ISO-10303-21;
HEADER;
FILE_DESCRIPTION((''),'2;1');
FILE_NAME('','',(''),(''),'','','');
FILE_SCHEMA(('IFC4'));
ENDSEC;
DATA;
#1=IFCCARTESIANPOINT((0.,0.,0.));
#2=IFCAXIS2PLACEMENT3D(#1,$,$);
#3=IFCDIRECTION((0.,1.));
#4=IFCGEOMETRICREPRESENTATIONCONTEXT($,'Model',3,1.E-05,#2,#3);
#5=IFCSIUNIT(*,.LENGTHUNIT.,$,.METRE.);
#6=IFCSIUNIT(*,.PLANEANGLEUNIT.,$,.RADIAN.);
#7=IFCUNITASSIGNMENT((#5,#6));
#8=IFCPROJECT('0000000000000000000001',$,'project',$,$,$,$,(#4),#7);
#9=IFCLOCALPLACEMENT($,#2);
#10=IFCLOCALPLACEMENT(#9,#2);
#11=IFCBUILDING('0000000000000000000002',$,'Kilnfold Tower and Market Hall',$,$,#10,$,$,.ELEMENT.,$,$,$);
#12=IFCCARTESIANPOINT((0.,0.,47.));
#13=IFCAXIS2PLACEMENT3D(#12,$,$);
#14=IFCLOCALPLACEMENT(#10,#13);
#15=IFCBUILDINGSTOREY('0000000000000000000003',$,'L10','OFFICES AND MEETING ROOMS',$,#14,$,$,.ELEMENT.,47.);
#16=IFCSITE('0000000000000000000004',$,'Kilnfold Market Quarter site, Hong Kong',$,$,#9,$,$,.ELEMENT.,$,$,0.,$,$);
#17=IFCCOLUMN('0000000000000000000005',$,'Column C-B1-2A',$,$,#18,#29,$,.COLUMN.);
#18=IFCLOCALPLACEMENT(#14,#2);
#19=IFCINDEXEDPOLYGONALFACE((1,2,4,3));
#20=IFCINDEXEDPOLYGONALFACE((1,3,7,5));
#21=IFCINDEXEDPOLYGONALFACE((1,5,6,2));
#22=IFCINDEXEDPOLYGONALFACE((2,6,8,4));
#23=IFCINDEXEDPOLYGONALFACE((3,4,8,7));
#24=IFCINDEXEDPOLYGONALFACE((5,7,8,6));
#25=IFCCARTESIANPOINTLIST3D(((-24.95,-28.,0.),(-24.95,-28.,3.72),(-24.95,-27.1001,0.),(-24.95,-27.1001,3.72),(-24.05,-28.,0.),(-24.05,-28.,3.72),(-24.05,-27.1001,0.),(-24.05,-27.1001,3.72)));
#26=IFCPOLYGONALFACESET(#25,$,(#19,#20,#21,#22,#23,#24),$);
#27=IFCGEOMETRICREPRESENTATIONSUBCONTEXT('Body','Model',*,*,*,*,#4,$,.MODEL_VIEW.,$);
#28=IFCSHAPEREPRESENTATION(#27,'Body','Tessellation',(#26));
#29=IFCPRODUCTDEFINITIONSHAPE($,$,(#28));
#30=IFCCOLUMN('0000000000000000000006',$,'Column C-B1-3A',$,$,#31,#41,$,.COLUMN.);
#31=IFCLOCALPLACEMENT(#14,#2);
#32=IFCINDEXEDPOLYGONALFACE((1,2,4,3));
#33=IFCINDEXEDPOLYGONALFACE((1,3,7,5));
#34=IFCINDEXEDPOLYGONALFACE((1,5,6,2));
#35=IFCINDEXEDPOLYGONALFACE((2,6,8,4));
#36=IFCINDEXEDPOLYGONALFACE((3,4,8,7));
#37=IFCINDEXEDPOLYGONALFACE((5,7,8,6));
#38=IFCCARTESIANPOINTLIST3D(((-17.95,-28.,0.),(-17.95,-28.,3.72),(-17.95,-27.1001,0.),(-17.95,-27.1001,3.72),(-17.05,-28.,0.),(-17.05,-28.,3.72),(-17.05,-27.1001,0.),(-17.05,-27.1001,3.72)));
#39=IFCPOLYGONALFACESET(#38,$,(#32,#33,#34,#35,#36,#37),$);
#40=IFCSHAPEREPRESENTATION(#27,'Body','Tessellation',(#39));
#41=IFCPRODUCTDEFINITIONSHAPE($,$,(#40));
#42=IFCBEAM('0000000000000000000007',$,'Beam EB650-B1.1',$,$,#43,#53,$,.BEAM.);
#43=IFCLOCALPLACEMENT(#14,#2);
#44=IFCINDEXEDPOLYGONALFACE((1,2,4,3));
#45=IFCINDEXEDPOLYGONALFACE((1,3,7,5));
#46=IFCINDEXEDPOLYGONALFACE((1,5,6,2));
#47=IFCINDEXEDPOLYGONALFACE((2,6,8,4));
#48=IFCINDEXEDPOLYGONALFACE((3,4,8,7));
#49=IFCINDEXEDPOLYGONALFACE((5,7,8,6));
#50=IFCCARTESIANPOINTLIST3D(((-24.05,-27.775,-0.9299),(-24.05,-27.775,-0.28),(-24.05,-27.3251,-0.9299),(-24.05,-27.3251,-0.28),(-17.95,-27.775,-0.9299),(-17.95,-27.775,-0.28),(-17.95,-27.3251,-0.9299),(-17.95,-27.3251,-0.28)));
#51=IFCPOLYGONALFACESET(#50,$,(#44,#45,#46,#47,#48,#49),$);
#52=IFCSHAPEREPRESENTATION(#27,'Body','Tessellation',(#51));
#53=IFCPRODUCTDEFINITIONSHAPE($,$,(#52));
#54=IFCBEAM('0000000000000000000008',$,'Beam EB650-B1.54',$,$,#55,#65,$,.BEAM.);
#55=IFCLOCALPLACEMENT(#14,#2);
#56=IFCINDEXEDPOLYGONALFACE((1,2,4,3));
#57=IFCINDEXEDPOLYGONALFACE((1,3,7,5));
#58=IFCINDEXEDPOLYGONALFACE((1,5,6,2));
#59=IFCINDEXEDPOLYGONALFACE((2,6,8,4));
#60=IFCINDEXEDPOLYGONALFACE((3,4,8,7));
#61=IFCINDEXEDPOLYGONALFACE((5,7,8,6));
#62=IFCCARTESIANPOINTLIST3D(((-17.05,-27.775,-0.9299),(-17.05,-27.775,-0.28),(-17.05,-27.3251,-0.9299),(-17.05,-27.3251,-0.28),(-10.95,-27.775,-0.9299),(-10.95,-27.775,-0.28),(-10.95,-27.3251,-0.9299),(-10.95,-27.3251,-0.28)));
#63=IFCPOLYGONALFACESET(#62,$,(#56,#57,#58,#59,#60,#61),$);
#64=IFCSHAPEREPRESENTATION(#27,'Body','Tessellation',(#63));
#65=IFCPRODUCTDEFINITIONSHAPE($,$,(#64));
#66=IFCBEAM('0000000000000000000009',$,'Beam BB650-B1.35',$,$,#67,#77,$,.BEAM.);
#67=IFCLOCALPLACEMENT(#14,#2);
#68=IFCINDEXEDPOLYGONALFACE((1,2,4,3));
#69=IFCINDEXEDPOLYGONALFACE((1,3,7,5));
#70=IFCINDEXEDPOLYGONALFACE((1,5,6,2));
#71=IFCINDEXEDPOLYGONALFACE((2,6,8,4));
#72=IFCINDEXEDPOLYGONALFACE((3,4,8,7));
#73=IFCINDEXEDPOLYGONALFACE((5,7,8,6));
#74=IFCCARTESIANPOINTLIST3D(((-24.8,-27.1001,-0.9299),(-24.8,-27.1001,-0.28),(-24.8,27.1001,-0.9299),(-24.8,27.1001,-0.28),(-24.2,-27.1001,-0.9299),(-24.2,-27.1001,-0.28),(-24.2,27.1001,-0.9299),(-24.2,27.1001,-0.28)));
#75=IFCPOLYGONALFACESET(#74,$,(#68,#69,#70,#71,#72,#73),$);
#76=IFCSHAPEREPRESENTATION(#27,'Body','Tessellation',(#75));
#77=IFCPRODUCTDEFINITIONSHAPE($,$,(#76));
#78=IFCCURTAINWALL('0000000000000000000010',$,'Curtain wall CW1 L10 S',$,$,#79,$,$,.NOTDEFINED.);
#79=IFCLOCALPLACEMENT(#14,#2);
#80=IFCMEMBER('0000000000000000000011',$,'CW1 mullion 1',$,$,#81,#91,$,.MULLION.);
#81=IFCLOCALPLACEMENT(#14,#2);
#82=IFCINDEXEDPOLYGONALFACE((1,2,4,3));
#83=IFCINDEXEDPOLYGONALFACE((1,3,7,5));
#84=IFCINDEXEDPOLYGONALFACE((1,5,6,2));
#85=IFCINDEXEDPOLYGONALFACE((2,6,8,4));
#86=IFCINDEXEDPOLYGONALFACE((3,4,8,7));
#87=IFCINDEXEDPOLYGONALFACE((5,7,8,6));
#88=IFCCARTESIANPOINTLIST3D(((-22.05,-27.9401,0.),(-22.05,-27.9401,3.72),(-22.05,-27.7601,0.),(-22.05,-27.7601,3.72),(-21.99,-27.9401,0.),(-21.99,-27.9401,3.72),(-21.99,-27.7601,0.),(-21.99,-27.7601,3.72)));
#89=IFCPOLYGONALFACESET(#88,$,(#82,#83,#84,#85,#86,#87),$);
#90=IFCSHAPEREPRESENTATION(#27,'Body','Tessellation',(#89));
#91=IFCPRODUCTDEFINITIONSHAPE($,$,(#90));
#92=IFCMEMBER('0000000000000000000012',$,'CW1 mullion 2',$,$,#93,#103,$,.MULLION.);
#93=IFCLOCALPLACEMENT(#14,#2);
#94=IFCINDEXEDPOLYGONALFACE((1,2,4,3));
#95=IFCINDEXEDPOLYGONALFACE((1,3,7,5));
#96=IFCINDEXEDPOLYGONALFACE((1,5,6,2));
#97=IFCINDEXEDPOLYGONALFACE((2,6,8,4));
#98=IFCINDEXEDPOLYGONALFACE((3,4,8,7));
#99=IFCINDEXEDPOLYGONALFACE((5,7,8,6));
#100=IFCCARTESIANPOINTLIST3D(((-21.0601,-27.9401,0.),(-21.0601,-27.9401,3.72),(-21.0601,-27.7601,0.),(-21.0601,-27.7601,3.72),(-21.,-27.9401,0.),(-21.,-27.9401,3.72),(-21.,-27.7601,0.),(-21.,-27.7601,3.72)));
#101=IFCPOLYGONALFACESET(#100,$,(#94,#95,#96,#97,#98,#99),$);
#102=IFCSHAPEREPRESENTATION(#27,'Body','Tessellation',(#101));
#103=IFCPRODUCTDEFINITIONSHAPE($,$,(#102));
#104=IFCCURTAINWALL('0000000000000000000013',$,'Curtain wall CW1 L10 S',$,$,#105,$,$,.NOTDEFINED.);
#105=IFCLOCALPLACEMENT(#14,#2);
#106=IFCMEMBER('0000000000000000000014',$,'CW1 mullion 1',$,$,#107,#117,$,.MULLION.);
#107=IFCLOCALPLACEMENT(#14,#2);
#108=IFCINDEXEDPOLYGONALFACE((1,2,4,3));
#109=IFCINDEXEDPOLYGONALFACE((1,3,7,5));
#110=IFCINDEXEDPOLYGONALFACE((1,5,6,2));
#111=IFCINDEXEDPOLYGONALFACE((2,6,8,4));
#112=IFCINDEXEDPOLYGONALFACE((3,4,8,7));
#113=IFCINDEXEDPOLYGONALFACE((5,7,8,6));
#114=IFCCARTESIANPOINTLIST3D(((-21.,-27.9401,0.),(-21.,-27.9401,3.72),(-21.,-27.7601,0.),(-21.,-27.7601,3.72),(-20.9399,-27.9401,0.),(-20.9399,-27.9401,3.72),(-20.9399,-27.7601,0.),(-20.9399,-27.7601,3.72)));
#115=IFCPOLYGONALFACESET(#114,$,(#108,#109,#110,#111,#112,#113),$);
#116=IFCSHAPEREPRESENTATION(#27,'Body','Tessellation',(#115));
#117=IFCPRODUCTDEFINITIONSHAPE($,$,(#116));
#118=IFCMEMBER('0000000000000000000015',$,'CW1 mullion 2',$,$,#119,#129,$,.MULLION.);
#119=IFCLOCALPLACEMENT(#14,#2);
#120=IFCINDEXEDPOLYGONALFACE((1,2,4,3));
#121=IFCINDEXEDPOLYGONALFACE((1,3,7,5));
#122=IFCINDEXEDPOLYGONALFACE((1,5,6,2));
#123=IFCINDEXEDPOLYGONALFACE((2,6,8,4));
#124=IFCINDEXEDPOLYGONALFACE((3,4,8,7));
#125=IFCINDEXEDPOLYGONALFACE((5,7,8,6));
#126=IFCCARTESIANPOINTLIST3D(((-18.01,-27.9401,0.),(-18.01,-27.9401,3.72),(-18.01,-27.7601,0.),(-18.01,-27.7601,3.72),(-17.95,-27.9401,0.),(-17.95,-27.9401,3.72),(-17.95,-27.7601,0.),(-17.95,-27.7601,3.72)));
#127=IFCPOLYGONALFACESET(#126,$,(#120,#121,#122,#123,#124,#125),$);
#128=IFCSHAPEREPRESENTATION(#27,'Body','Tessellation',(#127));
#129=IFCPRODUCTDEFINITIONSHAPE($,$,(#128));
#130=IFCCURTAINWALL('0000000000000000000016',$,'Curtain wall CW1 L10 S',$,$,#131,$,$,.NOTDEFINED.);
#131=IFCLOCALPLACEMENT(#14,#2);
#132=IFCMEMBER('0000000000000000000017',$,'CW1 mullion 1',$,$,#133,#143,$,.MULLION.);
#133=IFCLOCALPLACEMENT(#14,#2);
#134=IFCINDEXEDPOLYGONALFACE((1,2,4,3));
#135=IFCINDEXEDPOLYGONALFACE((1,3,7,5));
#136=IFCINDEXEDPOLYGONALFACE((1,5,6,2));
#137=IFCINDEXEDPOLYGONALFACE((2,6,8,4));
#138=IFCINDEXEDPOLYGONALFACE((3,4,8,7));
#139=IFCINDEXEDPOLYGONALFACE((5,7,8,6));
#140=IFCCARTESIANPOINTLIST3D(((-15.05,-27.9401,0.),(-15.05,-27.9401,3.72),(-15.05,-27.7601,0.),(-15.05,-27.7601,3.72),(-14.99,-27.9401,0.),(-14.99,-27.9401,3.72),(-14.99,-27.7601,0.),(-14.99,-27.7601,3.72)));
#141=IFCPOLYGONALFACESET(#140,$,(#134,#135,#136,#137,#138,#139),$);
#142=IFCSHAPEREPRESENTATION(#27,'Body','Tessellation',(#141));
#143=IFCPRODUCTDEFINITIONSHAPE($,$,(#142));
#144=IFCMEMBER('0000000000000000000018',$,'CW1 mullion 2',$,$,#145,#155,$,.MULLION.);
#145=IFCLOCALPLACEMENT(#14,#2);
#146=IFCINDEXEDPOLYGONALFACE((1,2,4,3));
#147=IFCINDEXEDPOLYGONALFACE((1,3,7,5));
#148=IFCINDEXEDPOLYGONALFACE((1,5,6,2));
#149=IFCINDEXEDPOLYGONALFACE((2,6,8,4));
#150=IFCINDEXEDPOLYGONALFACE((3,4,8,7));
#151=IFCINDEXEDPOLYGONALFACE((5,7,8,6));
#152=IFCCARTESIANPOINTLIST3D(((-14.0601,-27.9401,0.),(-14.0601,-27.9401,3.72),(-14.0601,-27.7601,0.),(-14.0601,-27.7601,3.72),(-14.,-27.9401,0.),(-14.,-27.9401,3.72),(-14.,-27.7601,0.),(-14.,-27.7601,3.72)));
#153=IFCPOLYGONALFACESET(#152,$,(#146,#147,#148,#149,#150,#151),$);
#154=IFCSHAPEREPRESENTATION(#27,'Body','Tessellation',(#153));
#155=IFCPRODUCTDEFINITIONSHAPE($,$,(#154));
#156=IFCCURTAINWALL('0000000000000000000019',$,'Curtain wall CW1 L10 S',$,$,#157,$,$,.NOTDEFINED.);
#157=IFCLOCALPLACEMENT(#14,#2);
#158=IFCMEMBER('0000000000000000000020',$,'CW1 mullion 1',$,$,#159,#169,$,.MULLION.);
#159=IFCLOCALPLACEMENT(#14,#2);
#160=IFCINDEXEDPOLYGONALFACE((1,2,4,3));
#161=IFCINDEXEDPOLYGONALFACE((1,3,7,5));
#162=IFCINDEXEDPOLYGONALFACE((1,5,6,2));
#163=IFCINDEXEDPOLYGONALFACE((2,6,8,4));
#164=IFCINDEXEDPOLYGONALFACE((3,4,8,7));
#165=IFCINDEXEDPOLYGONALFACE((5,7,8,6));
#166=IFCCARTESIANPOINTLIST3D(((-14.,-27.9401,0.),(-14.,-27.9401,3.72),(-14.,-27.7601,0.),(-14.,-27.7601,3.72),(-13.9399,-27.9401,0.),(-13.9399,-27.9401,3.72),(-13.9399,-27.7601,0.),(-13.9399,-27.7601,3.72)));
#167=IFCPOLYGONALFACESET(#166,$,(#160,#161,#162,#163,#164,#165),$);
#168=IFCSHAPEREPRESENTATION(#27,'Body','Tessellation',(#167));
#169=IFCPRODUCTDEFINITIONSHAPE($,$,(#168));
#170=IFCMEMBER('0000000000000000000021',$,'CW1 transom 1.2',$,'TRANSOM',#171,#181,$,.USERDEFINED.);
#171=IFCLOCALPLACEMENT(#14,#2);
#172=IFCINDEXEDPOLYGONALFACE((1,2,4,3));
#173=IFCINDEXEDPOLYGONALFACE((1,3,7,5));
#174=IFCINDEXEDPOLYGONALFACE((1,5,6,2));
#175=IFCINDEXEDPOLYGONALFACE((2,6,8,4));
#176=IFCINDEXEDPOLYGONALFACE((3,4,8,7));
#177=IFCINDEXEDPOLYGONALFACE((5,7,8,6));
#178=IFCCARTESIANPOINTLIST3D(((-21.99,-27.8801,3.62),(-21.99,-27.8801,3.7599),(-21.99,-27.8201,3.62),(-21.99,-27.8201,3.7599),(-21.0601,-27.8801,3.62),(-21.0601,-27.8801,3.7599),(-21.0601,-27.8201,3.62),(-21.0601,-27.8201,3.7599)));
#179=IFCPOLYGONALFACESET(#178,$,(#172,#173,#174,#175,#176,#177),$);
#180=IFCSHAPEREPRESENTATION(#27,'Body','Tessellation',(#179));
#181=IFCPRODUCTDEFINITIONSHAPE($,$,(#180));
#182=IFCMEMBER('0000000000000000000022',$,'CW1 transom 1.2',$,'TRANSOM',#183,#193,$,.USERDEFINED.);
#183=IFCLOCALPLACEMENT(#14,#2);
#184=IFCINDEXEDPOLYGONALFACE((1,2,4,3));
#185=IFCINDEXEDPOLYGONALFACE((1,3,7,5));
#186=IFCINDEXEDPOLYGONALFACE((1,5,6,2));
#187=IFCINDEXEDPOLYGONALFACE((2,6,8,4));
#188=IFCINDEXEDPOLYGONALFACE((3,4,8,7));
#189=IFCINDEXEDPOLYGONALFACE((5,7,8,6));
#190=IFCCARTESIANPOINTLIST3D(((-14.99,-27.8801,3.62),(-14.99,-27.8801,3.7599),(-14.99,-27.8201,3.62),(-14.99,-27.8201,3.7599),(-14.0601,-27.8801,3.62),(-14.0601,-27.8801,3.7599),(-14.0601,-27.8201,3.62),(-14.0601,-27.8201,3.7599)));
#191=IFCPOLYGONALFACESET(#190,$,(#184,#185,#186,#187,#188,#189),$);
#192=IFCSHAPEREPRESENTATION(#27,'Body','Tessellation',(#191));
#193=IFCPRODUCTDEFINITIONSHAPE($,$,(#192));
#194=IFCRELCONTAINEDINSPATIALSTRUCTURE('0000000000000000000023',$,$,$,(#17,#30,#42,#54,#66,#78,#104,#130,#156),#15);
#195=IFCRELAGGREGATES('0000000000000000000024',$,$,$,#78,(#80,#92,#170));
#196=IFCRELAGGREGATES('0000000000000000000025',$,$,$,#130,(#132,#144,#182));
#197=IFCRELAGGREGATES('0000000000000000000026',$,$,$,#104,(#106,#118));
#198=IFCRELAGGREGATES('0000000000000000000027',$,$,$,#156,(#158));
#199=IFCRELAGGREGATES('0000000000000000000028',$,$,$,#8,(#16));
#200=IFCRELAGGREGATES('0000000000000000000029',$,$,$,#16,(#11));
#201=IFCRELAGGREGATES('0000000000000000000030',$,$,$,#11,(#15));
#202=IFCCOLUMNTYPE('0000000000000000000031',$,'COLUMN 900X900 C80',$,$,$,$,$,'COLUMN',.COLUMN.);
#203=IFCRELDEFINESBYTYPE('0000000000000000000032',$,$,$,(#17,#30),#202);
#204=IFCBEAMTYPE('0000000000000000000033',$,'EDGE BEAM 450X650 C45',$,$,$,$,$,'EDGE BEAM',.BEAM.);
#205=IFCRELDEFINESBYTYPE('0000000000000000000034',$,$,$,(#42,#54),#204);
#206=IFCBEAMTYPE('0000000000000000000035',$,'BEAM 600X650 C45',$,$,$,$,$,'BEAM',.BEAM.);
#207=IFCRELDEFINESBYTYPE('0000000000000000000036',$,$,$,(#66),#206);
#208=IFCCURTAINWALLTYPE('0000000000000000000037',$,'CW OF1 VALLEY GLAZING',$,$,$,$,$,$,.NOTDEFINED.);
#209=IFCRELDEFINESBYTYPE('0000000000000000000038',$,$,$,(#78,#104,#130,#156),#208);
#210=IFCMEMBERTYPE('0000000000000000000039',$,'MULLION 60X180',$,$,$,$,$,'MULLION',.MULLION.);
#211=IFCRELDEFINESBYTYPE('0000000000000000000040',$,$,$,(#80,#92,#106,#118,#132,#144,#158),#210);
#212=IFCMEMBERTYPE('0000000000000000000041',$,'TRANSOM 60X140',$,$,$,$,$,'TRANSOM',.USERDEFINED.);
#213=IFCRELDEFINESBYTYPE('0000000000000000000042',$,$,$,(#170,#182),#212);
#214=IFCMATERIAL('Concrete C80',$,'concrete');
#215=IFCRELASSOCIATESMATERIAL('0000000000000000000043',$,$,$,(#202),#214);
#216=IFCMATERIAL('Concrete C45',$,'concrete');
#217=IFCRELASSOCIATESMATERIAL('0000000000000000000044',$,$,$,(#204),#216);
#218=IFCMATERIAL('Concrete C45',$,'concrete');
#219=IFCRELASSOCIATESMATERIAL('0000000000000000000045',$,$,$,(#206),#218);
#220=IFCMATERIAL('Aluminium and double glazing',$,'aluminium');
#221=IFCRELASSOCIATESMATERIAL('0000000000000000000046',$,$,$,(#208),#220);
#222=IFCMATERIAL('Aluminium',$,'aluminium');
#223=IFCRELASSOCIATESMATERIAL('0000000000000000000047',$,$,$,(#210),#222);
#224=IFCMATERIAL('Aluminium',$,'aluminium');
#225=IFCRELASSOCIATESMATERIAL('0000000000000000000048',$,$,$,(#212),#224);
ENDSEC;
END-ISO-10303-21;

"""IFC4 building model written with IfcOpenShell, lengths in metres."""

from ifc_helpers import new_model, si_unit, direction, frame, origin, origin_2d, place, context, subcontext, project, spatial, rectangle, extrude, source, transform, mapped, material, material_profile, profile_set, type_object, element, aggregate, save


model = new_model("IFC4")

# Units and contexts
model_context = context("Model", 3, precision=1e-05, world=origin(), true_north=direction((0.0, 1.0)))
body_context = subcontext(model_context, "Body", "Model", "MODEL_VIEW")
ifc_project = project(units=[si_unit("LENGTHUNIT", "METRE"), si_unit("PLANEANGLEUNIT", "RADIAN")], contexts=[model_context])

# Site, building, storey
site_placement = place(None, origin())
site = spatial("IfcSite", under=ifc_project, at=site_placement, Name="Kilnfold Market Quarter site, Hong Kong", CompositionType="ELEMENT", RefElevation=0.0)
building_placement = place(site_placement, origin())
building = spatial("IfcBuilding", under=site, at=building_placement, Name="Kilnfold Tower and Market Hall", CompositionType="ELEMENT")
storey_placement = place(building_placement, frame((0.0, 0.0, 47.0)))
storey = spatial("IfcBuildingStorey", under=building, at=storey_placement, Name="L10", Description="OFFICES AND MEETING ROOMS", CompositionType="ELEMENT", Elevation=47.0)

# Columns
ifc_material_1 = material(Name="Concrete C80", Category="concrete")
ifc_material_profile_1 = material_profile(ifc_material_1, rectangle(XDim=0.8999, YDim=0.8999, at=origin_2d()), Name="RC 900x900")
ifc_profile_set_1 = profile_set([ifc_material_profile_1], Name="Concrete C80")
column_type = type_object("IfcColumnType", Name="COLUMN 900X900 C80", ElementType="COLUMN", PredefinedType="COLUMN", material=ifc_profile_set_1)
shared_shape_1 = source(origin(), body_context, "Body", "SweptSolid", [
    extrude(rectangle(XDim=0.8999, YDim=0.8999, at=origin_2d()), origin(), (0.0, 0.0, 1.0), 3.72),
])
for number, where, z_axis, x_axis, name in (
    (1, (-24.5, -27.55, 0.0), (0.0, 0.0, 1.0), (1.0, 0.0, 0.0), "Column C-B1-2A"),
    (2, (-17.5, -27.55, 0.0), (0.0, 0.0, 1.0), (1.0, 0.0, 0.0), "Column C-B1-3A"),
):
    element("IfcColumn", number, at=place(storey_placement, frame(where, z_axis=z_axis, x_axis=x_axis)), inside=storey, type_object=column_type, Name=name, PredefinedType="COLUMN", context=body_context, shape_type="MappedRepresentation", body=[
        mapped(shared_shape_1, transform((0.0, 0.0, 0.0))),
    ])

# Beams
ifc_material_2 = material(Name="Concrete C45", Category="concrete")
ifc_material_profile_2 = material_profile(ifc_material_2, rectangle(XDim=0.45, YDim=0.6499, at=origin_2d()), Name="RC 450x650")
ifc_profile_set_2 = profile_set([ifc_material_profile_2], Name="Concrete C45")
beam_type_1 = type_object("IfcBeamType", Name="EDGE BEAM 450X650 C45", ElementType="EDGE BEAM", PredefinedType="BEAM", material=ifc_profile_set_2)
shared_shape_2 = source(origin(), body_context, "Body", "SweptSolid", [
    extrude(rectangle(XDim=0.45, YDim=0.6499, at=origin_2d()), origin(), (0.0, 0.0, 1.0), 6.1001),
])
for number, where, z_axis, x_axis, name in (
    (3, (-24.05, -27.55, -0.605), (1.0, 0.0, 0.0), (0.0, 1.0, 0.0), "Beam EB650-B1.1"),
    (4, (-17.05, -27.55, -0.605), (1.0, 0.0, 0.0), (0.0, 1.0, 0.0), "Beam EB650-B1.54"),
):
    element("IfcBeam", number, at=place(storey_placement, frame(where, z_axis=z_axis, x_axis=x_axis)), inside=storey, type_object=beam_type_1, Name=name, PredefinedType="BEAM", context=body_context, shape_type="MappedRepresentation", body=[
        mapped(shared_shape_2, transform((0.0, 0.0, 0.0))),
    ])
ifc_material_3 = material(Name="Concrete C45", Category="concrete")
ifc_material_profile_3 = material_profile(ifc_material_3, rectangle(XDim=0.6001, YDim=0.6499, at=origin_2d()), Name="RC 600x650")
ifc_profile_set_3 = profile_set([ifc_material_profile_3], Name="Concrete C45")
beam_type_2 = type_object("IfcBeamType", Name="BEAM 600X650 C45", ElementType="BEAM", PredefinedType="BEAM", material=ifc_profile_set_3)
shared_shape_3 = source(origin(), body_context, "Body", "SweptSolid", [
    extrude(rectangle(XDim=0.6001, YDim=0.6499, at=origin_2d()), origin(), (0.0, 0.0, 1.0), 54.2002),
])
beam_placement = place(storey_placement, frame((-24.5, -27.1001, -0.605), z_axis=(0.0, 1.0, 0.0), x_axis=(-1.0, 0.0, 0.0)))
element("IfcBeam", 5, at=beam_placement, inside=storey, type_object=beam_type_2, Name="Beam BB650-B1.35", PredefinedType="BEAM", context=body_context, shape_type="MappedRepresentation", body=[
    mapped(shared_shape_3, transform((0.0, 0.0, 0.0))),
])

# Curtain walls, members
ifc_material_4 = material(Name="Aluminium and double glazing", Category="aluminium")
curtain_wall_type = type_object("IfcCurtainWallType", Name="CW OF1 VALLEY GLAZING", PredefinedType="NOTDEFINED", material=ifc_material_4)
curtain_wall_1_placement = place(storey_placement, origin())
curtain_wall_1 = element("IfcCurtainWall", 6, at=curtain_wall_1_placement, inside=storey, type_object=curtain_wall_type, Name="Curtain wall CW1 L10 S", PredefinedType="NOTDEFINED")
ifc_material_5 = material(Name="Aluminium", Category="aluminium")
ifc_material_profile_4 = material_profile(ifc_material_5, rectangle(XDim=0.0601, YDim=0.1799, at=origin_2d()), Name="MULLION 60x180")
ifc_profile_set_4 = profile_set([ifc_material_profile_4], Name="Aluminium")
member_type_1 = type_object("IfcMemberType", Name="MULLION 60X180", ElementType="MULLION", PredefinedType="MULLION", material=ifc_profile_set_4)
shared_shape_4 = source(origin(), body_context, "Body", "SweptSolid", [
    extrude(rectangle(XDim=0.0601, YDim=0.1799, at=origin_2d()), origin(), (0.0, 0.0, 1.0), 3.72),
])
member_1_placement = place(storey_placement, frame((-22.02, -27.8501, 0.0), z_axis=(0.0, 0.0, 1.0), x_axis=(1.0, 0.0, 0.0)))
member_1 = element("IfcMember", 7, at=member_1_placement, type_object=member_type_1, Name="CW1 mullion 1", PredefinedType="MULLION", context=body_context, shape_type="MappedRepresentation", body=[
    mapped(shared_shape_4, transform((0.0, 0.0, 0.0))),
])
member_2_placement = place(storey_placement, frame((-21.03, -27.8501, 0.0), z_axis=(0.0, 0.0, 1.0), x_axis=(1.0, 0.0, 0.0)))
member_2 = element("IfcMember", 8, at=member_2_placement, type_object=member_type_1, Name="CW1 mullion 2", PredefinedType="MULLION", context=body_context, shape_type="MappedRepresentation", body=[
    mapped(shared_shape_4, transform((0.0, 0.0, 0.0))),
])
curtain_wall_2_placement = place(storey_placement, origin())
curtain_wall_2 = element("IfcCurtainWall", 9, at=curtain_wall_2_placement, inside=storey, type_object=curtain_wall_type, Name="Curtain wall CW1 L10 S", PredefinedType="NOTDEFINED")
member_3_placement = place(storey_placement, frame((-20.97, -27.8501, 0.0), z_axis=(0.0, 0.0, 1.0), x_axis=(1.0, 0.0, 0.0)))
member_3 = element("IfcMember", 10, at=member_3_placement, type_object=member_type_1, Name="CW1 mullion 1", PredefinedType="MULLION", context=body_context, shape_type="MappedRepresentation", body=[
    mapped(shared_shape_4, transform((0.0, 0.0, 0.0))),
])
member_4_placement = place(storey_placement, frame((-17.98, -27.8501, 0.0), z_axis=(0.0, 0.0, 1.0), x_axis=(1.0, 0.0, 0.0)))
member_4 = element("IfcMember", 11, at=member_4_placement, type_object=member_type_1, Name="CW1 mullion 2", PredefinedType="MULLION", context=body_context, shape_type="MappedRepresentation", body=[
    mapped(shared_shape_4, transform((0.0, 0.0, 0.0))),
])
curtain_wall_3_placement = place(storey_placement, origin())
curtain_wall_3 = element("IfcCurtainWall", 12, at=curtain_wall_3_placement, inside=storey, type_object=curtain_wall_type, Name="Curtain wall CW1 L10 S", PredefinedType="NOTDEFINED")
member_5_placement = place(storey_placement, frame((-15.02, -27.8501, 0.0), z_axis=(0.0, 0.0, 1.0), x_axis=(1.0, 0.0, 0.0)))
member_5 = element("IfcMember", 13, at=member_5_placement, type_object=member_type_1, Name="CW1 mullion 1", PredefinedType="MULLION", context=body_context, shape_type="MappedRepresentation", body=[
    mapped(shared_shape_4, transform((0.0, 0.0, 0.0))),
])
member_6_placement = place(storey_placement, frame((-14.03, -27.8501, 0.0), z_axis=(0.0, 0.0, 1.0), x_axis=(1.0, 0.0, 0.0)))
member_6 = element("IfcMember", 14, at=member_6_placement, type_object=member_type_1, Name="CW1 mullion 2", PredefinedType="MULLION", context=body_context, shape_type="MappedRepresentation", body=[
    mapped(shared_shape_4, transform((0.0, 0.0, 0.0))),
])

# Curtain wall, member
curtain_wall_4_placement = place(storey_placement, origin())
curtain_wall_4 = element("IfcCurtainWall", 15, at=curtain_wall_4_placement, inside=storey, type_object=curtain_wall_type, Name="Curtain wall CW1 L10 S", PredefinedType="NOTDEFINED")
member_7_placement = place(storey_placement, frame((-13.97, -27.8501, 0.0), z_axis=(0.0, 0.0, 1.0), x_axis=(1.0, 0.0, 0.0)))
member_7 = element("IfcMember", 16, at=member_7_placement, type_object=member_type_1, Name="CW1 mullion 1", PredefinedType="MULLION", context=body_context, shape_type="MappedRepresentation", body=[
    mapped(shared_shape_4, transform((0.0, 0.0, 0.0))),
])

# Members
ifc_material_6 = material(Name="Aluminium", Category="aluminium")
ifc_material_profile_5 = material_profile(ifc_material_6, rectangle(XDim=0.0601, YDim=0.1399, at=origin_2d()), Name="TRANSOM 60x140")
ifc_profile_set_5 = profile_set([ifc_material_profile_5], Name="Aluminium")
member_type_2 = type_object("IfcMemberType", Name="TRANSOM 60X140", ElementType="TRANSOM", PredefinedType="USERDEFINED", material=ifc_profile_set_5)
shared_shape_5 = source(origin(), body_context, "Body", "SweptSolid", [
    extrude(rectangle(XDim=0.0601, YDim=0.1399, at=origin_2d()), origin(), (0.0, 0.0, 1.0), 0.9299),
])
member_8_placement = place(storey_placement, frame((-21.99, -27.8501, 3.6899), z_axis=(1.0, 0.0, 0.0), x_axis=(0.0, 1.0, 0.0)))
member_8 = element("IfcMember", 17, at=member_8_placement, type_object=member_type_2, Name="CW1 transom 1.2", ObjectType="TRANSOM", PredefinedType="USERDEFINED", context=body_context, shape_type="MappedRepresentation", body=[
    mapped(shared_shape_5, transform((0.0, 0.0, 0.0))),
])
member_9_placement = place(storey_placement, frame((-14.99, -27.8501, 3.6899), z_axis=(1.0, 0.0, 0.0), x_axis=(0.0, 1.0, 0.0)))
member_9 = element("IfcMember", 18, at=member_9_placement, type_object=member_type_2, Name="CW1 transom 1.2", ObjectType="TRANSOM", PredefinedType="USERDEFINED", context=body_context, shape_type="MappedRepresentation", body=[
    mapped(shared_shape_5, transform((0.0, 0.0, 0.0))),
])

aggregate(curtain_wall_1, [member_1, member_2, member_8])
aggregate(curtain_wall_3, [member_5, member_6, member_9])
aggregate(curtain_wall_2, [member_3, member_4])
aggregate(curtain_wall_4, [member_7])

save(model, "model.ifc")
